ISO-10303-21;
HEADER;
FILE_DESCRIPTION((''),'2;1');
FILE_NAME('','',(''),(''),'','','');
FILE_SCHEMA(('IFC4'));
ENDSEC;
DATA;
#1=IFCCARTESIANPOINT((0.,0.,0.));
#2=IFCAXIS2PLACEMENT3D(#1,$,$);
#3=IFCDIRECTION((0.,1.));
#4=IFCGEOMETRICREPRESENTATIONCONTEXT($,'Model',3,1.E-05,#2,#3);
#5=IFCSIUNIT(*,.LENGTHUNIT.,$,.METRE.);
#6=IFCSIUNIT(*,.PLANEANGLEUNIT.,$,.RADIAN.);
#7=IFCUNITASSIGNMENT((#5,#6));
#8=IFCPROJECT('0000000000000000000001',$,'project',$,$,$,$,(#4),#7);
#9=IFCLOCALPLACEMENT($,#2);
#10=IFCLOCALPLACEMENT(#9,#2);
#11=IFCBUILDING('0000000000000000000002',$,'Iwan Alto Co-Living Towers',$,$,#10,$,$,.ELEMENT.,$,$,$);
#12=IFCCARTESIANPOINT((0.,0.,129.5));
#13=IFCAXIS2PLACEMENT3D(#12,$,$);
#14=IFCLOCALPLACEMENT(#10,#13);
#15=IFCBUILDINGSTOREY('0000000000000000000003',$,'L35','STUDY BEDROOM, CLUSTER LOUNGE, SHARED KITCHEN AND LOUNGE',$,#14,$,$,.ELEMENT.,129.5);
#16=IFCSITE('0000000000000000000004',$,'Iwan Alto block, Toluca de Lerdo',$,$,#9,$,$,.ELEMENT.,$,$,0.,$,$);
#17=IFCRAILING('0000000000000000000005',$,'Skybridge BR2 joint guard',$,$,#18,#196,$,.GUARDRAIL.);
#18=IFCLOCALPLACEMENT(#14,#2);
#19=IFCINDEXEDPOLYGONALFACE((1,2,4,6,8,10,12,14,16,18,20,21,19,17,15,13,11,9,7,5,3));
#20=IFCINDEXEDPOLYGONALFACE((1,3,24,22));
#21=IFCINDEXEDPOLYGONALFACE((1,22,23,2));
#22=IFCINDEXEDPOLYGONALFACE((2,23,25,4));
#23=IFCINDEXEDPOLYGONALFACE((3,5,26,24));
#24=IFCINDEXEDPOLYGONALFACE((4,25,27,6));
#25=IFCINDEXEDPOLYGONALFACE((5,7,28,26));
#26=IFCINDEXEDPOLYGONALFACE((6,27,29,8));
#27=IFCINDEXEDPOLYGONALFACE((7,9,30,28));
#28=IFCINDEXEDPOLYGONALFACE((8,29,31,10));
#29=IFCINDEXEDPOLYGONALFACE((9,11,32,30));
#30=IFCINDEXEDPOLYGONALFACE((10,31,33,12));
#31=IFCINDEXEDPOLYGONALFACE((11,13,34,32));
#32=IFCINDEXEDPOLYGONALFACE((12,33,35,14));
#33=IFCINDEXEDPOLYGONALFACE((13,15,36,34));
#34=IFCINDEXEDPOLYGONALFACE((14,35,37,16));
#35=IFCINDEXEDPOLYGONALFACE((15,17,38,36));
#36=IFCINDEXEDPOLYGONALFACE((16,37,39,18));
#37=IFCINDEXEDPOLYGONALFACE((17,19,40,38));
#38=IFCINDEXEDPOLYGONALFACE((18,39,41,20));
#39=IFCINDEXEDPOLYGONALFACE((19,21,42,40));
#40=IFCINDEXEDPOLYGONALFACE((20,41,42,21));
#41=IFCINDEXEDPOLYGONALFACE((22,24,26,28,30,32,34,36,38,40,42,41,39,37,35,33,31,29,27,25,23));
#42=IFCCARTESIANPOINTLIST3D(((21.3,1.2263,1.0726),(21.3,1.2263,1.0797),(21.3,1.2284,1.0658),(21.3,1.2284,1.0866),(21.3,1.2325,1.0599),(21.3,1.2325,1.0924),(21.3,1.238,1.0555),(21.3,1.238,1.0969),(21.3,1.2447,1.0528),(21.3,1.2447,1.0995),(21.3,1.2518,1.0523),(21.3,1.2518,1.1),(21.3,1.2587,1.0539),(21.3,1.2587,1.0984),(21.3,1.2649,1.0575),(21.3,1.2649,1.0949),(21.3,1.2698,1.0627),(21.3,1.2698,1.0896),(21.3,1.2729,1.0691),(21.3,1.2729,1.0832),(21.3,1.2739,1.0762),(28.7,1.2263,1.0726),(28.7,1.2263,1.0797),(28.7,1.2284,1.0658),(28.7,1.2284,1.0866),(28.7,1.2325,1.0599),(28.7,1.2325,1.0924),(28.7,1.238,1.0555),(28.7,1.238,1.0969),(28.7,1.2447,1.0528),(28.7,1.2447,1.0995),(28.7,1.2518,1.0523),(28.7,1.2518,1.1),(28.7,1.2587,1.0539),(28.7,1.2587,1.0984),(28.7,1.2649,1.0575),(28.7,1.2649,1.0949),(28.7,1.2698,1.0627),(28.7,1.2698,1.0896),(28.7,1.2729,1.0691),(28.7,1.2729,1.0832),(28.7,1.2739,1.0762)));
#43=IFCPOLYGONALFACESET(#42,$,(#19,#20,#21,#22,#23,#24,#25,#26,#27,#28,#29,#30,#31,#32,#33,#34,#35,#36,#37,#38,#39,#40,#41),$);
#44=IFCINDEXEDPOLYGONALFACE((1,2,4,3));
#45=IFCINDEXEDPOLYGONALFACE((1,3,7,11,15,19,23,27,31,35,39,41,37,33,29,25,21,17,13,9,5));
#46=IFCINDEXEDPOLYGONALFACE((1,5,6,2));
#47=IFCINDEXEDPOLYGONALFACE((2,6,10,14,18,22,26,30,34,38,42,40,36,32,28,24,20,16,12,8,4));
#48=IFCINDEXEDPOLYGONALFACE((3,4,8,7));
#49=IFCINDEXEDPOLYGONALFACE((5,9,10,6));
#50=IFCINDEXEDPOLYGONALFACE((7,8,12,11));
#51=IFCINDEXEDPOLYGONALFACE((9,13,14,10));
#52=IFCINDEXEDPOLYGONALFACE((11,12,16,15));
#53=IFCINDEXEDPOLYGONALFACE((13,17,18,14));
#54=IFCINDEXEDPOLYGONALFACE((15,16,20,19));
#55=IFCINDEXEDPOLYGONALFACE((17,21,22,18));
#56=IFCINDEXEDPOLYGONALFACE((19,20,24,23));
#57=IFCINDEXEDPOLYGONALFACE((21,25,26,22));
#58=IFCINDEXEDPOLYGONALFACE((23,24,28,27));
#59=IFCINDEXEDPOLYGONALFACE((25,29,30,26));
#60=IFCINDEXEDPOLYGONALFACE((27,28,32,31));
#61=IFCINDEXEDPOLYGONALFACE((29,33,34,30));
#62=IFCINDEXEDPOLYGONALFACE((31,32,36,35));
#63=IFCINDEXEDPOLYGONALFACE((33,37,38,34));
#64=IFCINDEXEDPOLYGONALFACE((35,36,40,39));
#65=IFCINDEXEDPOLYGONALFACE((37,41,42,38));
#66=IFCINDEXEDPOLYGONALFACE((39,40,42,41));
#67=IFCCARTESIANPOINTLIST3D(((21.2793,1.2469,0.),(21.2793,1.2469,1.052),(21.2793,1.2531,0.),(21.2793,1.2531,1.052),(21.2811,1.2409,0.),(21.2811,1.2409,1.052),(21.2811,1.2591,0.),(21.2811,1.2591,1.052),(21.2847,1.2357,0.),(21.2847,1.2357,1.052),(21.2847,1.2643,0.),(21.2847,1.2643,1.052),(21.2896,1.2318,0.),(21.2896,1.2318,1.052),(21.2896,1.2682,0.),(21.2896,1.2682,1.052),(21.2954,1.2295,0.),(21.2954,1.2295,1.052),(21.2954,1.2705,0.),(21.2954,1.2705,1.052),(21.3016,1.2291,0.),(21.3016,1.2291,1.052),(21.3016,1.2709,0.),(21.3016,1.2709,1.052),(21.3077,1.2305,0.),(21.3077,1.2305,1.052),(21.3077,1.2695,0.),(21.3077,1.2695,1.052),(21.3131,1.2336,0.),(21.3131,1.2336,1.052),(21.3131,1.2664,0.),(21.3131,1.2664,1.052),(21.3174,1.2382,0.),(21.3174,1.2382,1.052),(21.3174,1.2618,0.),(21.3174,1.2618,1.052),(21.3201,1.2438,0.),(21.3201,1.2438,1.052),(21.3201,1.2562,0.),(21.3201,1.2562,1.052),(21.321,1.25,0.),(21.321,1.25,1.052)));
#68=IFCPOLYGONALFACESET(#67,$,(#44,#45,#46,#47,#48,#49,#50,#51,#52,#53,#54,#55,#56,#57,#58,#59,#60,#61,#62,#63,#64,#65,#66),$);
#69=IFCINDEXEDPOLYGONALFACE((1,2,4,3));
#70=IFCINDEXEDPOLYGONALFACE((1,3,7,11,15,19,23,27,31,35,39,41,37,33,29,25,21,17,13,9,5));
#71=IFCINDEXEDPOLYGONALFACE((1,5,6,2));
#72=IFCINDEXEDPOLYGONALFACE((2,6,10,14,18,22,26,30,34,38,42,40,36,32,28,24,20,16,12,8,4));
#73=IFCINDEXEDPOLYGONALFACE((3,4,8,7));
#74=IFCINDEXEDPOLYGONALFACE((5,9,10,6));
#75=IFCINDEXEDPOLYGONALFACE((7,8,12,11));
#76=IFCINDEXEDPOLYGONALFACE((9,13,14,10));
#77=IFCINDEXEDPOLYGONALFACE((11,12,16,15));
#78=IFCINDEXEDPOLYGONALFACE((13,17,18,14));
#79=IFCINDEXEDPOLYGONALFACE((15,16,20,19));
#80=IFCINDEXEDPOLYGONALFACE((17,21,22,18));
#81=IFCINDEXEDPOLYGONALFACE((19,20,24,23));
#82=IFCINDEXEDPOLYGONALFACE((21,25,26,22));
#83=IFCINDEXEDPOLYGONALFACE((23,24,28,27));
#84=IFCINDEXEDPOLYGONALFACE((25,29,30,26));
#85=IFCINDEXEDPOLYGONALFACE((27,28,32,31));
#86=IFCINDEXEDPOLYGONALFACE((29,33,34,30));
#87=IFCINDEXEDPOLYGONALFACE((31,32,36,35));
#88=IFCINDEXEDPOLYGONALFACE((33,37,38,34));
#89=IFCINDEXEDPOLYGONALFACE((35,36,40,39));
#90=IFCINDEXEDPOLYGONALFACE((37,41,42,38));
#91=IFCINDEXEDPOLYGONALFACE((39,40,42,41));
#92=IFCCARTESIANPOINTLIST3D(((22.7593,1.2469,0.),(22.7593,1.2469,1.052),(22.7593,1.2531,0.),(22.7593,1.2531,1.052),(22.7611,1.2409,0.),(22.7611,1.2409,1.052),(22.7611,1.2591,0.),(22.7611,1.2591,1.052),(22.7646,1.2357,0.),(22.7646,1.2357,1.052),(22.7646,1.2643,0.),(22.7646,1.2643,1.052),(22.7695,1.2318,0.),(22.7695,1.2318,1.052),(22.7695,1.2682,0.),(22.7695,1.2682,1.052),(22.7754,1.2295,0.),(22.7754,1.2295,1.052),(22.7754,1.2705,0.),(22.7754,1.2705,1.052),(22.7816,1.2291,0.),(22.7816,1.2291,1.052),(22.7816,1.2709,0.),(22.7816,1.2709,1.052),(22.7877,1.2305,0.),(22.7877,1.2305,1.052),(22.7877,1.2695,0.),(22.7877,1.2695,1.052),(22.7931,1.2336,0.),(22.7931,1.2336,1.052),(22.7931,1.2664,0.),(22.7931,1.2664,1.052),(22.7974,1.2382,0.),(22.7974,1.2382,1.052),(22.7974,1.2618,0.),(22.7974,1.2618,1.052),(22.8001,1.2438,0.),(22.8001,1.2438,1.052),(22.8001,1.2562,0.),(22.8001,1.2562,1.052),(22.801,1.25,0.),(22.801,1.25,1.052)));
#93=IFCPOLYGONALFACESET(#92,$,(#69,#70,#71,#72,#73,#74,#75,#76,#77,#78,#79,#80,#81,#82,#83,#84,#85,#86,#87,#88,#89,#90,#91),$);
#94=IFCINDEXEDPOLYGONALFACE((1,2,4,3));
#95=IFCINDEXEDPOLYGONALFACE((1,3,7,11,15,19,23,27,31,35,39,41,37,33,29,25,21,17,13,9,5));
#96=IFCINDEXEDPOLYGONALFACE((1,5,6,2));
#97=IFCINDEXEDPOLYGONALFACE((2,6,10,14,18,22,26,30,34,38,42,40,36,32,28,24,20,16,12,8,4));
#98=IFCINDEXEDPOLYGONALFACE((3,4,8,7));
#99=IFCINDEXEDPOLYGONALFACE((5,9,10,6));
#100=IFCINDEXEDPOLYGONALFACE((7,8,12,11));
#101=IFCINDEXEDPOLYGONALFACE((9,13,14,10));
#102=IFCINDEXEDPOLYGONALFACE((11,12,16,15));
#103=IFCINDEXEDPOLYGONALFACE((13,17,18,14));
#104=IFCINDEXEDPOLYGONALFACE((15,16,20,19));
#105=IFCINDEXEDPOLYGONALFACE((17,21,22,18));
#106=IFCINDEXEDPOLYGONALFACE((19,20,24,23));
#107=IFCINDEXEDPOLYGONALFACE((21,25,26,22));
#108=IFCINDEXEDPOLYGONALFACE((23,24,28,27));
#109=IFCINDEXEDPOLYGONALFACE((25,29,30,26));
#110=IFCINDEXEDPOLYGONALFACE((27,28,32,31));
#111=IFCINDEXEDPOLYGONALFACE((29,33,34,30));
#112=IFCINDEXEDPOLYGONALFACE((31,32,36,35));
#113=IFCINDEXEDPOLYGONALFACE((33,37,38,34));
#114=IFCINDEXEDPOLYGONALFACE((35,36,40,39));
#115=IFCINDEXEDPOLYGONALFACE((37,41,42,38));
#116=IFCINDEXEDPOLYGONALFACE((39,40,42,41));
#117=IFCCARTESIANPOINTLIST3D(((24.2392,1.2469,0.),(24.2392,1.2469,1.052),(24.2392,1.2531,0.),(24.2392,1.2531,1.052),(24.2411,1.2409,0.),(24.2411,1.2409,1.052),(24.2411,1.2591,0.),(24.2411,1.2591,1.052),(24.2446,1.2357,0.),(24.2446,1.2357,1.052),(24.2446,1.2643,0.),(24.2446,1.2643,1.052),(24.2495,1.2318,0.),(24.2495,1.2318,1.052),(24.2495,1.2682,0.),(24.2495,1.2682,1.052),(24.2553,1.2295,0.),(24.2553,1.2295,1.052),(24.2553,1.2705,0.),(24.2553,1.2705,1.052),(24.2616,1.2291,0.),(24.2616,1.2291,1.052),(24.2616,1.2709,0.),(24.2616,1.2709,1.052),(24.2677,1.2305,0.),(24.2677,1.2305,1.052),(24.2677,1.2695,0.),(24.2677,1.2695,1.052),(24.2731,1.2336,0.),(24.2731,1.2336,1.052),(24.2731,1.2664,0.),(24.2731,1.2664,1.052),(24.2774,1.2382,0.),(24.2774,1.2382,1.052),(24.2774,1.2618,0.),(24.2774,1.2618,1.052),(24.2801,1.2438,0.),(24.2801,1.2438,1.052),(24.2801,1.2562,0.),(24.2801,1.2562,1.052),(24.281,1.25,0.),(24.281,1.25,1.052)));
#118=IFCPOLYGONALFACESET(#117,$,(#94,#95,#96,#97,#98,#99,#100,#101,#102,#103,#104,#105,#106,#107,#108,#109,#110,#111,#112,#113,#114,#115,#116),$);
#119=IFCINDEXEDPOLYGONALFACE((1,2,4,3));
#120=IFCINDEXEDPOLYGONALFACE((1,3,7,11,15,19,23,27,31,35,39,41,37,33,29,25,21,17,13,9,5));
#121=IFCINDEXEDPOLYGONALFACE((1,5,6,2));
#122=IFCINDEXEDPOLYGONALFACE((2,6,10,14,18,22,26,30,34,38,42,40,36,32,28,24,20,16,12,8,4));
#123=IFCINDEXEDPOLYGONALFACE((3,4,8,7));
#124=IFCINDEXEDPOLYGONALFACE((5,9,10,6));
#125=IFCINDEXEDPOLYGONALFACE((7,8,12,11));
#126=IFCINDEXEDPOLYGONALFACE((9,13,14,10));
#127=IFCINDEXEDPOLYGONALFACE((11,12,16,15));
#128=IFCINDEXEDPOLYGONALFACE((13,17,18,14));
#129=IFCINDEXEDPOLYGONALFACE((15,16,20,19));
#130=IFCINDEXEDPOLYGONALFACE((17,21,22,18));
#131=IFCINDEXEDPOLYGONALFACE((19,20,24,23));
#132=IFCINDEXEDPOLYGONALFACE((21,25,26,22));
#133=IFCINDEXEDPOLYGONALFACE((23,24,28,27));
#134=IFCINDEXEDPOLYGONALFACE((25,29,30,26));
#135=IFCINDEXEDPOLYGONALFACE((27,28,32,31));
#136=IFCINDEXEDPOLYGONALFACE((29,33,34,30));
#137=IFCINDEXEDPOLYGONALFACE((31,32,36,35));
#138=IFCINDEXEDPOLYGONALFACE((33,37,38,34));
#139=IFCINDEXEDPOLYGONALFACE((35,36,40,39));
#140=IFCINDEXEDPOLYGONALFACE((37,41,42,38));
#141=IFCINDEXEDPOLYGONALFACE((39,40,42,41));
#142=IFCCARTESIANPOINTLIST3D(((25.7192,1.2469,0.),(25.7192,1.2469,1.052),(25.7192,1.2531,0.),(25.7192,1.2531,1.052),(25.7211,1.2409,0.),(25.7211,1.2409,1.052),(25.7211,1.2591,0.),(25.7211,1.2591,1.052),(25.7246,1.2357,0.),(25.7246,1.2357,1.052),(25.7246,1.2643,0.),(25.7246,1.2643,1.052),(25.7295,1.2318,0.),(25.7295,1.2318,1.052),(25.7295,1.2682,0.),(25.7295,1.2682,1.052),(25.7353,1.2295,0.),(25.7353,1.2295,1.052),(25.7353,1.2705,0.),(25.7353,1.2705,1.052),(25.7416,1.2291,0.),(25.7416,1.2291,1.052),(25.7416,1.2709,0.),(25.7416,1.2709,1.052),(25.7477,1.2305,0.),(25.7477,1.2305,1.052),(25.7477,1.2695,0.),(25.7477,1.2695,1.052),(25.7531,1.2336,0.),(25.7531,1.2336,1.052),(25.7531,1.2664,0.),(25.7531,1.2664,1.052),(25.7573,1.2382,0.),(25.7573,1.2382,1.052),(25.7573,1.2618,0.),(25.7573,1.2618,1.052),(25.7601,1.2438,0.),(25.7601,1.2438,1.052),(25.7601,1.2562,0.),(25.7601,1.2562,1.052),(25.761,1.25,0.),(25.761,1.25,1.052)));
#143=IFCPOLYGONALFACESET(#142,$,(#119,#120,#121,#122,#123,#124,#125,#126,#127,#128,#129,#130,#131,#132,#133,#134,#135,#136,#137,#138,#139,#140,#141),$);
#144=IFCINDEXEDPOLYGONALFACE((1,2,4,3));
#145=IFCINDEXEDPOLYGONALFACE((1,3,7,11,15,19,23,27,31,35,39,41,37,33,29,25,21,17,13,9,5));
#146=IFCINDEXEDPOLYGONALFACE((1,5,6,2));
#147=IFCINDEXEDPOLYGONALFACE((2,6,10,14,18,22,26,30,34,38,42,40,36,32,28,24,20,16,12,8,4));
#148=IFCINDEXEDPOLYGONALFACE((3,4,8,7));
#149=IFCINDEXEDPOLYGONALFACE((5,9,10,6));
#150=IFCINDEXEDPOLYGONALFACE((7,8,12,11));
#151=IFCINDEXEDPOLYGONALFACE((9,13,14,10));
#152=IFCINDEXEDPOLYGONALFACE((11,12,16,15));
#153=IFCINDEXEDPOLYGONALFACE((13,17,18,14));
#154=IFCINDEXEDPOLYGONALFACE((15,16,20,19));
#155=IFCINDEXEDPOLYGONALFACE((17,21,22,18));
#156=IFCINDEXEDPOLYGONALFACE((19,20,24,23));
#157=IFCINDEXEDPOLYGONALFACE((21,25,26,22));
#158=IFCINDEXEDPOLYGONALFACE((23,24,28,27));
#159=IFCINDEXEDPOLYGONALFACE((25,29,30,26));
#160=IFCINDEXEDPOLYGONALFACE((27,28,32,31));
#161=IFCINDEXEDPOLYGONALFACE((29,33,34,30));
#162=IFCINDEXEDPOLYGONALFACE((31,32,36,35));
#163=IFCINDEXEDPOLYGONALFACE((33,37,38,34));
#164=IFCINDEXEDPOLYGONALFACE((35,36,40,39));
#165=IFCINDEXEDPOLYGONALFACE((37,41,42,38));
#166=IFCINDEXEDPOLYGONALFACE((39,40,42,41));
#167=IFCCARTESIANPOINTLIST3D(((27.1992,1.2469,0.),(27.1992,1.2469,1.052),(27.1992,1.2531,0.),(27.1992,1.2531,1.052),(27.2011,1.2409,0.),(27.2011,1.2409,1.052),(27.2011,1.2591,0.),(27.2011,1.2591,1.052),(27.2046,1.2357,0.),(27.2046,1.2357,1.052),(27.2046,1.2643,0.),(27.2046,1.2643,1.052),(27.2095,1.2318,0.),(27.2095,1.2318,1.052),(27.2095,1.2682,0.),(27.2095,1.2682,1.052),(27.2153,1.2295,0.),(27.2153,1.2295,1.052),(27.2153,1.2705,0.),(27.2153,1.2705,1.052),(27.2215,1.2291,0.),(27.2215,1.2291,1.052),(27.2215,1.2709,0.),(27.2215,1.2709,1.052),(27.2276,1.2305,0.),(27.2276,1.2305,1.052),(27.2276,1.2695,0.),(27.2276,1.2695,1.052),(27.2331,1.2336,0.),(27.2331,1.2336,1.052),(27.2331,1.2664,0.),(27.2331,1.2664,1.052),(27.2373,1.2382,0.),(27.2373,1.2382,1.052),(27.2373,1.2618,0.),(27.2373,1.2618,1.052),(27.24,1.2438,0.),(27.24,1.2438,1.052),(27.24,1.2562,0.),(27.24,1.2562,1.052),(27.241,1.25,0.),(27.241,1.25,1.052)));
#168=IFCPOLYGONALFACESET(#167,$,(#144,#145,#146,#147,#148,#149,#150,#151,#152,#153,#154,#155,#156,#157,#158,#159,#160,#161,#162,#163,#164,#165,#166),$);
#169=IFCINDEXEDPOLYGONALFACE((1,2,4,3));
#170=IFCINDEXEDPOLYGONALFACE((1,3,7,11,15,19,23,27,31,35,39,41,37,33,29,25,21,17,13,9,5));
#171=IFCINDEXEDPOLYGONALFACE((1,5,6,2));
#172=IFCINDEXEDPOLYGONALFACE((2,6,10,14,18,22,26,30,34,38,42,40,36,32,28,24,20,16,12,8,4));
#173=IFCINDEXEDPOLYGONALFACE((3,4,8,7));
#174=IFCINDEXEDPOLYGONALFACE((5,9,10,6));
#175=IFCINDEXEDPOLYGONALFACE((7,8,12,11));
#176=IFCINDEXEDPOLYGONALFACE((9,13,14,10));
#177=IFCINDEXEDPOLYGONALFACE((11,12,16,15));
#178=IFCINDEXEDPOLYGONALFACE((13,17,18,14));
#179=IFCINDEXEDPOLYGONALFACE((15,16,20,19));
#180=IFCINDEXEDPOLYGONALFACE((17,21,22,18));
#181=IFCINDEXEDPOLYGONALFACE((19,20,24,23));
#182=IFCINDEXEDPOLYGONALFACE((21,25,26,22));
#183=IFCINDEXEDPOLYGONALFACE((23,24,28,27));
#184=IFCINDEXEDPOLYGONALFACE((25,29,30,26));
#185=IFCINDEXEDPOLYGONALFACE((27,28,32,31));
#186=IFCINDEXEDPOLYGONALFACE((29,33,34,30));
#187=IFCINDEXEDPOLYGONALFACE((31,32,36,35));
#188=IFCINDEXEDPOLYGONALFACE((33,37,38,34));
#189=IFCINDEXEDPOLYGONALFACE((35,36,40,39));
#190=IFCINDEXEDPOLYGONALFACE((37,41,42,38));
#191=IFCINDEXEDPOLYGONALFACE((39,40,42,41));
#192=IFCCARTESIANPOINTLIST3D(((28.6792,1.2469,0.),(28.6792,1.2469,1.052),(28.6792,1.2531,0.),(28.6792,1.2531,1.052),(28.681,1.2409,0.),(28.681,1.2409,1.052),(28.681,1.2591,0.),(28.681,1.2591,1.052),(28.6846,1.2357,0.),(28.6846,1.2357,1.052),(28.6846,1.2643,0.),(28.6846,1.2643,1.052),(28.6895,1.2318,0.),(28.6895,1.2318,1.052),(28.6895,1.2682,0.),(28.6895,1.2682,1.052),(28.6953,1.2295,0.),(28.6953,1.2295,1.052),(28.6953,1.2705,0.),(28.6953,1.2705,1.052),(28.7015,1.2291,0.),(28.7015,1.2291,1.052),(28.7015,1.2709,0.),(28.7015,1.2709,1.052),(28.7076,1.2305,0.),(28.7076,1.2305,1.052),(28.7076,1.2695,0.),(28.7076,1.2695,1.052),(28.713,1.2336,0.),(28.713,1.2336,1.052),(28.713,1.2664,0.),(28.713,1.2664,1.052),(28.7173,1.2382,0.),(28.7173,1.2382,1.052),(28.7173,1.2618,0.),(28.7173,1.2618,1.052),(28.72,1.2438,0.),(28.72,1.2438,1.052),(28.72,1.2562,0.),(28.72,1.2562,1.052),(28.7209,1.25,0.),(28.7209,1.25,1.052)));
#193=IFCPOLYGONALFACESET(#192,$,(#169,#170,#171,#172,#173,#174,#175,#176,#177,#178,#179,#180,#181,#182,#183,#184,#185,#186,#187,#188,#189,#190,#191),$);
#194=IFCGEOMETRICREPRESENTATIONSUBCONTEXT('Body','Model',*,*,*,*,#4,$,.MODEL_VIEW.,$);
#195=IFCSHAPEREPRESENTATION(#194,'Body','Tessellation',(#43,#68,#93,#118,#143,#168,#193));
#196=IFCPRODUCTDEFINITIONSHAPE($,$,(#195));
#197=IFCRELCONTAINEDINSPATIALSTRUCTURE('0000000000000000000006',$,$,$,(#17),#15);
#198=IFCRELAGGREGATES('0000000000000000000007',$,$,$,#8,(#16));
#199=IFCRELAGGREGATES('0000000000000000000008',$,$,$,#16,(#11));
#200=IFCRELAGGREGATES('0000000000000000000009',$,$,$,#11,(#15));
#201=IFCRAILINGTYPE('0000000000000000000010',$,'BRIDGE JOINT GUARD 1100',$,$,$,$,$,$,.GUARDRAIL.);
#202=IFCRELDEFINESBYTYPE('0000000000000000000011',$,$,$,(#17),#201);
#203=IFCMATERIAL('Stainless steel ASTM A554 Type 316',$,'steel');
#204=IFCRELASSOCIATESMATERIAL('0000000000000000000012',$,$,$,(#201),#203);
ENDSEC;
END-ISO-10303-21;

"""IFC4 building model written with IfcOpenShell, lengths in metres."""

from ifc_helpers import new_model, si_unit, direction, frame, origin, origin_2d, place, context, subcontext, project, spatial, circle, extrude, material, type_object, element, save


model = new_model("IFC4")

# Units and contexts
model_context = context("Model", 3, precision=1e-05, world=origin(), true_north=direction((0.0, 1.0)))
body_context = subcontext(model_context, "Body", "Model", "MODEL_VIEW")
ifc_project = project(units=[si_unit("LENGTHUNIT", "METRE"), si_unit("PLANEANGLEUNIT", "RADIAN")], contexts=[model_context])

# Site, building, storey
site_placement = place(None, origin())
site = spatial("IfcSite", under=ifc_project, at=site_placement, Name="Iwan Alto block, Toluca de Lerdo", CompositionType="ELEMENT", RefElevation=0.0)
building_placement = place(site_placement, origin())
building = spatial("IfcBuilding", under=site, at=building_placement, Name="Iwan Alto Co-Living Towers", CompositionType="ELEMENT")
storey_placement = place(building_placement, frame((0.0, 0.0, 129.5)))
storey = spatial("IfcBuildingStorey", under=building, at=storey_placement, Name="L35", Description="STUDY BEDROOM, CLUSTER LOUNGE, SHARED KITCHEN AND LOUNGE", CompositionType="ELEMENT", Elevation=129.5)

# Railing
ifc_material_1 = material(Name="Stainless steel ASTM A554 Type 316", Category="steel")
railing_type = type_object("IfcRailingType", Name="BRIDGE JOINT GUARD 1100", PredefinedType="GUARDRAIL", material=ifc_material_1)
railing_1_placement = place(storey_placement, frame((21.3, 1.25, 0.0)))
element("IfcRailing", 1, at=railing_1_placement, inside=storey, type_object=railing_type, Name="Skybridge BR2 joint guard", PredefinedType="GUARDRAIL", context=body_context, shape_type="SweptSolid", body=[
    extrude(circle(Radius=0.0239, at=origin_2d()), frame((0.0, 0.0, 1.0762), z_axis=(1.0, 0.0, 0.0), x_axis=(0.0, 1.0, 0.0)), (0.0, 0.0, 1.0), 7.3999),
    extrude(circle(Radius=0.021, at=origin_2d()), origin(), (0.0, 0.0, 1.0), 1.052),
    extrude(circle(Radius=0.021, at=origin_2d()), frame((1.48, 0.0, 0.0)), (0.0, 0.0, 1.0), 1.052),
    extrude(circle(Radius=0.021, at=origin_2d()), frame((2.96, 0.0, 0.0)), (0.0, 0.0, 1.0), 1.052),
    extrude(circle(Radius=0.021, at=origin_2d()), frame((4.4399, 0.0, 0.0)), (0.0, 0.0, 1.0), 1.052),
    extrude(circle(Radius=0.021, at=origin_2d()), frame((5.9199, 0.0, 0.0)), (0.0, 0.0, 1.0), 1.052),
    extrude(circle(Radius=0.021, at=origin_2d()), frame((7.3999, 0.0, 0.0)), (0.0, 0.0, 1.0), 1.052),
])

save(model, "model.ifc")
